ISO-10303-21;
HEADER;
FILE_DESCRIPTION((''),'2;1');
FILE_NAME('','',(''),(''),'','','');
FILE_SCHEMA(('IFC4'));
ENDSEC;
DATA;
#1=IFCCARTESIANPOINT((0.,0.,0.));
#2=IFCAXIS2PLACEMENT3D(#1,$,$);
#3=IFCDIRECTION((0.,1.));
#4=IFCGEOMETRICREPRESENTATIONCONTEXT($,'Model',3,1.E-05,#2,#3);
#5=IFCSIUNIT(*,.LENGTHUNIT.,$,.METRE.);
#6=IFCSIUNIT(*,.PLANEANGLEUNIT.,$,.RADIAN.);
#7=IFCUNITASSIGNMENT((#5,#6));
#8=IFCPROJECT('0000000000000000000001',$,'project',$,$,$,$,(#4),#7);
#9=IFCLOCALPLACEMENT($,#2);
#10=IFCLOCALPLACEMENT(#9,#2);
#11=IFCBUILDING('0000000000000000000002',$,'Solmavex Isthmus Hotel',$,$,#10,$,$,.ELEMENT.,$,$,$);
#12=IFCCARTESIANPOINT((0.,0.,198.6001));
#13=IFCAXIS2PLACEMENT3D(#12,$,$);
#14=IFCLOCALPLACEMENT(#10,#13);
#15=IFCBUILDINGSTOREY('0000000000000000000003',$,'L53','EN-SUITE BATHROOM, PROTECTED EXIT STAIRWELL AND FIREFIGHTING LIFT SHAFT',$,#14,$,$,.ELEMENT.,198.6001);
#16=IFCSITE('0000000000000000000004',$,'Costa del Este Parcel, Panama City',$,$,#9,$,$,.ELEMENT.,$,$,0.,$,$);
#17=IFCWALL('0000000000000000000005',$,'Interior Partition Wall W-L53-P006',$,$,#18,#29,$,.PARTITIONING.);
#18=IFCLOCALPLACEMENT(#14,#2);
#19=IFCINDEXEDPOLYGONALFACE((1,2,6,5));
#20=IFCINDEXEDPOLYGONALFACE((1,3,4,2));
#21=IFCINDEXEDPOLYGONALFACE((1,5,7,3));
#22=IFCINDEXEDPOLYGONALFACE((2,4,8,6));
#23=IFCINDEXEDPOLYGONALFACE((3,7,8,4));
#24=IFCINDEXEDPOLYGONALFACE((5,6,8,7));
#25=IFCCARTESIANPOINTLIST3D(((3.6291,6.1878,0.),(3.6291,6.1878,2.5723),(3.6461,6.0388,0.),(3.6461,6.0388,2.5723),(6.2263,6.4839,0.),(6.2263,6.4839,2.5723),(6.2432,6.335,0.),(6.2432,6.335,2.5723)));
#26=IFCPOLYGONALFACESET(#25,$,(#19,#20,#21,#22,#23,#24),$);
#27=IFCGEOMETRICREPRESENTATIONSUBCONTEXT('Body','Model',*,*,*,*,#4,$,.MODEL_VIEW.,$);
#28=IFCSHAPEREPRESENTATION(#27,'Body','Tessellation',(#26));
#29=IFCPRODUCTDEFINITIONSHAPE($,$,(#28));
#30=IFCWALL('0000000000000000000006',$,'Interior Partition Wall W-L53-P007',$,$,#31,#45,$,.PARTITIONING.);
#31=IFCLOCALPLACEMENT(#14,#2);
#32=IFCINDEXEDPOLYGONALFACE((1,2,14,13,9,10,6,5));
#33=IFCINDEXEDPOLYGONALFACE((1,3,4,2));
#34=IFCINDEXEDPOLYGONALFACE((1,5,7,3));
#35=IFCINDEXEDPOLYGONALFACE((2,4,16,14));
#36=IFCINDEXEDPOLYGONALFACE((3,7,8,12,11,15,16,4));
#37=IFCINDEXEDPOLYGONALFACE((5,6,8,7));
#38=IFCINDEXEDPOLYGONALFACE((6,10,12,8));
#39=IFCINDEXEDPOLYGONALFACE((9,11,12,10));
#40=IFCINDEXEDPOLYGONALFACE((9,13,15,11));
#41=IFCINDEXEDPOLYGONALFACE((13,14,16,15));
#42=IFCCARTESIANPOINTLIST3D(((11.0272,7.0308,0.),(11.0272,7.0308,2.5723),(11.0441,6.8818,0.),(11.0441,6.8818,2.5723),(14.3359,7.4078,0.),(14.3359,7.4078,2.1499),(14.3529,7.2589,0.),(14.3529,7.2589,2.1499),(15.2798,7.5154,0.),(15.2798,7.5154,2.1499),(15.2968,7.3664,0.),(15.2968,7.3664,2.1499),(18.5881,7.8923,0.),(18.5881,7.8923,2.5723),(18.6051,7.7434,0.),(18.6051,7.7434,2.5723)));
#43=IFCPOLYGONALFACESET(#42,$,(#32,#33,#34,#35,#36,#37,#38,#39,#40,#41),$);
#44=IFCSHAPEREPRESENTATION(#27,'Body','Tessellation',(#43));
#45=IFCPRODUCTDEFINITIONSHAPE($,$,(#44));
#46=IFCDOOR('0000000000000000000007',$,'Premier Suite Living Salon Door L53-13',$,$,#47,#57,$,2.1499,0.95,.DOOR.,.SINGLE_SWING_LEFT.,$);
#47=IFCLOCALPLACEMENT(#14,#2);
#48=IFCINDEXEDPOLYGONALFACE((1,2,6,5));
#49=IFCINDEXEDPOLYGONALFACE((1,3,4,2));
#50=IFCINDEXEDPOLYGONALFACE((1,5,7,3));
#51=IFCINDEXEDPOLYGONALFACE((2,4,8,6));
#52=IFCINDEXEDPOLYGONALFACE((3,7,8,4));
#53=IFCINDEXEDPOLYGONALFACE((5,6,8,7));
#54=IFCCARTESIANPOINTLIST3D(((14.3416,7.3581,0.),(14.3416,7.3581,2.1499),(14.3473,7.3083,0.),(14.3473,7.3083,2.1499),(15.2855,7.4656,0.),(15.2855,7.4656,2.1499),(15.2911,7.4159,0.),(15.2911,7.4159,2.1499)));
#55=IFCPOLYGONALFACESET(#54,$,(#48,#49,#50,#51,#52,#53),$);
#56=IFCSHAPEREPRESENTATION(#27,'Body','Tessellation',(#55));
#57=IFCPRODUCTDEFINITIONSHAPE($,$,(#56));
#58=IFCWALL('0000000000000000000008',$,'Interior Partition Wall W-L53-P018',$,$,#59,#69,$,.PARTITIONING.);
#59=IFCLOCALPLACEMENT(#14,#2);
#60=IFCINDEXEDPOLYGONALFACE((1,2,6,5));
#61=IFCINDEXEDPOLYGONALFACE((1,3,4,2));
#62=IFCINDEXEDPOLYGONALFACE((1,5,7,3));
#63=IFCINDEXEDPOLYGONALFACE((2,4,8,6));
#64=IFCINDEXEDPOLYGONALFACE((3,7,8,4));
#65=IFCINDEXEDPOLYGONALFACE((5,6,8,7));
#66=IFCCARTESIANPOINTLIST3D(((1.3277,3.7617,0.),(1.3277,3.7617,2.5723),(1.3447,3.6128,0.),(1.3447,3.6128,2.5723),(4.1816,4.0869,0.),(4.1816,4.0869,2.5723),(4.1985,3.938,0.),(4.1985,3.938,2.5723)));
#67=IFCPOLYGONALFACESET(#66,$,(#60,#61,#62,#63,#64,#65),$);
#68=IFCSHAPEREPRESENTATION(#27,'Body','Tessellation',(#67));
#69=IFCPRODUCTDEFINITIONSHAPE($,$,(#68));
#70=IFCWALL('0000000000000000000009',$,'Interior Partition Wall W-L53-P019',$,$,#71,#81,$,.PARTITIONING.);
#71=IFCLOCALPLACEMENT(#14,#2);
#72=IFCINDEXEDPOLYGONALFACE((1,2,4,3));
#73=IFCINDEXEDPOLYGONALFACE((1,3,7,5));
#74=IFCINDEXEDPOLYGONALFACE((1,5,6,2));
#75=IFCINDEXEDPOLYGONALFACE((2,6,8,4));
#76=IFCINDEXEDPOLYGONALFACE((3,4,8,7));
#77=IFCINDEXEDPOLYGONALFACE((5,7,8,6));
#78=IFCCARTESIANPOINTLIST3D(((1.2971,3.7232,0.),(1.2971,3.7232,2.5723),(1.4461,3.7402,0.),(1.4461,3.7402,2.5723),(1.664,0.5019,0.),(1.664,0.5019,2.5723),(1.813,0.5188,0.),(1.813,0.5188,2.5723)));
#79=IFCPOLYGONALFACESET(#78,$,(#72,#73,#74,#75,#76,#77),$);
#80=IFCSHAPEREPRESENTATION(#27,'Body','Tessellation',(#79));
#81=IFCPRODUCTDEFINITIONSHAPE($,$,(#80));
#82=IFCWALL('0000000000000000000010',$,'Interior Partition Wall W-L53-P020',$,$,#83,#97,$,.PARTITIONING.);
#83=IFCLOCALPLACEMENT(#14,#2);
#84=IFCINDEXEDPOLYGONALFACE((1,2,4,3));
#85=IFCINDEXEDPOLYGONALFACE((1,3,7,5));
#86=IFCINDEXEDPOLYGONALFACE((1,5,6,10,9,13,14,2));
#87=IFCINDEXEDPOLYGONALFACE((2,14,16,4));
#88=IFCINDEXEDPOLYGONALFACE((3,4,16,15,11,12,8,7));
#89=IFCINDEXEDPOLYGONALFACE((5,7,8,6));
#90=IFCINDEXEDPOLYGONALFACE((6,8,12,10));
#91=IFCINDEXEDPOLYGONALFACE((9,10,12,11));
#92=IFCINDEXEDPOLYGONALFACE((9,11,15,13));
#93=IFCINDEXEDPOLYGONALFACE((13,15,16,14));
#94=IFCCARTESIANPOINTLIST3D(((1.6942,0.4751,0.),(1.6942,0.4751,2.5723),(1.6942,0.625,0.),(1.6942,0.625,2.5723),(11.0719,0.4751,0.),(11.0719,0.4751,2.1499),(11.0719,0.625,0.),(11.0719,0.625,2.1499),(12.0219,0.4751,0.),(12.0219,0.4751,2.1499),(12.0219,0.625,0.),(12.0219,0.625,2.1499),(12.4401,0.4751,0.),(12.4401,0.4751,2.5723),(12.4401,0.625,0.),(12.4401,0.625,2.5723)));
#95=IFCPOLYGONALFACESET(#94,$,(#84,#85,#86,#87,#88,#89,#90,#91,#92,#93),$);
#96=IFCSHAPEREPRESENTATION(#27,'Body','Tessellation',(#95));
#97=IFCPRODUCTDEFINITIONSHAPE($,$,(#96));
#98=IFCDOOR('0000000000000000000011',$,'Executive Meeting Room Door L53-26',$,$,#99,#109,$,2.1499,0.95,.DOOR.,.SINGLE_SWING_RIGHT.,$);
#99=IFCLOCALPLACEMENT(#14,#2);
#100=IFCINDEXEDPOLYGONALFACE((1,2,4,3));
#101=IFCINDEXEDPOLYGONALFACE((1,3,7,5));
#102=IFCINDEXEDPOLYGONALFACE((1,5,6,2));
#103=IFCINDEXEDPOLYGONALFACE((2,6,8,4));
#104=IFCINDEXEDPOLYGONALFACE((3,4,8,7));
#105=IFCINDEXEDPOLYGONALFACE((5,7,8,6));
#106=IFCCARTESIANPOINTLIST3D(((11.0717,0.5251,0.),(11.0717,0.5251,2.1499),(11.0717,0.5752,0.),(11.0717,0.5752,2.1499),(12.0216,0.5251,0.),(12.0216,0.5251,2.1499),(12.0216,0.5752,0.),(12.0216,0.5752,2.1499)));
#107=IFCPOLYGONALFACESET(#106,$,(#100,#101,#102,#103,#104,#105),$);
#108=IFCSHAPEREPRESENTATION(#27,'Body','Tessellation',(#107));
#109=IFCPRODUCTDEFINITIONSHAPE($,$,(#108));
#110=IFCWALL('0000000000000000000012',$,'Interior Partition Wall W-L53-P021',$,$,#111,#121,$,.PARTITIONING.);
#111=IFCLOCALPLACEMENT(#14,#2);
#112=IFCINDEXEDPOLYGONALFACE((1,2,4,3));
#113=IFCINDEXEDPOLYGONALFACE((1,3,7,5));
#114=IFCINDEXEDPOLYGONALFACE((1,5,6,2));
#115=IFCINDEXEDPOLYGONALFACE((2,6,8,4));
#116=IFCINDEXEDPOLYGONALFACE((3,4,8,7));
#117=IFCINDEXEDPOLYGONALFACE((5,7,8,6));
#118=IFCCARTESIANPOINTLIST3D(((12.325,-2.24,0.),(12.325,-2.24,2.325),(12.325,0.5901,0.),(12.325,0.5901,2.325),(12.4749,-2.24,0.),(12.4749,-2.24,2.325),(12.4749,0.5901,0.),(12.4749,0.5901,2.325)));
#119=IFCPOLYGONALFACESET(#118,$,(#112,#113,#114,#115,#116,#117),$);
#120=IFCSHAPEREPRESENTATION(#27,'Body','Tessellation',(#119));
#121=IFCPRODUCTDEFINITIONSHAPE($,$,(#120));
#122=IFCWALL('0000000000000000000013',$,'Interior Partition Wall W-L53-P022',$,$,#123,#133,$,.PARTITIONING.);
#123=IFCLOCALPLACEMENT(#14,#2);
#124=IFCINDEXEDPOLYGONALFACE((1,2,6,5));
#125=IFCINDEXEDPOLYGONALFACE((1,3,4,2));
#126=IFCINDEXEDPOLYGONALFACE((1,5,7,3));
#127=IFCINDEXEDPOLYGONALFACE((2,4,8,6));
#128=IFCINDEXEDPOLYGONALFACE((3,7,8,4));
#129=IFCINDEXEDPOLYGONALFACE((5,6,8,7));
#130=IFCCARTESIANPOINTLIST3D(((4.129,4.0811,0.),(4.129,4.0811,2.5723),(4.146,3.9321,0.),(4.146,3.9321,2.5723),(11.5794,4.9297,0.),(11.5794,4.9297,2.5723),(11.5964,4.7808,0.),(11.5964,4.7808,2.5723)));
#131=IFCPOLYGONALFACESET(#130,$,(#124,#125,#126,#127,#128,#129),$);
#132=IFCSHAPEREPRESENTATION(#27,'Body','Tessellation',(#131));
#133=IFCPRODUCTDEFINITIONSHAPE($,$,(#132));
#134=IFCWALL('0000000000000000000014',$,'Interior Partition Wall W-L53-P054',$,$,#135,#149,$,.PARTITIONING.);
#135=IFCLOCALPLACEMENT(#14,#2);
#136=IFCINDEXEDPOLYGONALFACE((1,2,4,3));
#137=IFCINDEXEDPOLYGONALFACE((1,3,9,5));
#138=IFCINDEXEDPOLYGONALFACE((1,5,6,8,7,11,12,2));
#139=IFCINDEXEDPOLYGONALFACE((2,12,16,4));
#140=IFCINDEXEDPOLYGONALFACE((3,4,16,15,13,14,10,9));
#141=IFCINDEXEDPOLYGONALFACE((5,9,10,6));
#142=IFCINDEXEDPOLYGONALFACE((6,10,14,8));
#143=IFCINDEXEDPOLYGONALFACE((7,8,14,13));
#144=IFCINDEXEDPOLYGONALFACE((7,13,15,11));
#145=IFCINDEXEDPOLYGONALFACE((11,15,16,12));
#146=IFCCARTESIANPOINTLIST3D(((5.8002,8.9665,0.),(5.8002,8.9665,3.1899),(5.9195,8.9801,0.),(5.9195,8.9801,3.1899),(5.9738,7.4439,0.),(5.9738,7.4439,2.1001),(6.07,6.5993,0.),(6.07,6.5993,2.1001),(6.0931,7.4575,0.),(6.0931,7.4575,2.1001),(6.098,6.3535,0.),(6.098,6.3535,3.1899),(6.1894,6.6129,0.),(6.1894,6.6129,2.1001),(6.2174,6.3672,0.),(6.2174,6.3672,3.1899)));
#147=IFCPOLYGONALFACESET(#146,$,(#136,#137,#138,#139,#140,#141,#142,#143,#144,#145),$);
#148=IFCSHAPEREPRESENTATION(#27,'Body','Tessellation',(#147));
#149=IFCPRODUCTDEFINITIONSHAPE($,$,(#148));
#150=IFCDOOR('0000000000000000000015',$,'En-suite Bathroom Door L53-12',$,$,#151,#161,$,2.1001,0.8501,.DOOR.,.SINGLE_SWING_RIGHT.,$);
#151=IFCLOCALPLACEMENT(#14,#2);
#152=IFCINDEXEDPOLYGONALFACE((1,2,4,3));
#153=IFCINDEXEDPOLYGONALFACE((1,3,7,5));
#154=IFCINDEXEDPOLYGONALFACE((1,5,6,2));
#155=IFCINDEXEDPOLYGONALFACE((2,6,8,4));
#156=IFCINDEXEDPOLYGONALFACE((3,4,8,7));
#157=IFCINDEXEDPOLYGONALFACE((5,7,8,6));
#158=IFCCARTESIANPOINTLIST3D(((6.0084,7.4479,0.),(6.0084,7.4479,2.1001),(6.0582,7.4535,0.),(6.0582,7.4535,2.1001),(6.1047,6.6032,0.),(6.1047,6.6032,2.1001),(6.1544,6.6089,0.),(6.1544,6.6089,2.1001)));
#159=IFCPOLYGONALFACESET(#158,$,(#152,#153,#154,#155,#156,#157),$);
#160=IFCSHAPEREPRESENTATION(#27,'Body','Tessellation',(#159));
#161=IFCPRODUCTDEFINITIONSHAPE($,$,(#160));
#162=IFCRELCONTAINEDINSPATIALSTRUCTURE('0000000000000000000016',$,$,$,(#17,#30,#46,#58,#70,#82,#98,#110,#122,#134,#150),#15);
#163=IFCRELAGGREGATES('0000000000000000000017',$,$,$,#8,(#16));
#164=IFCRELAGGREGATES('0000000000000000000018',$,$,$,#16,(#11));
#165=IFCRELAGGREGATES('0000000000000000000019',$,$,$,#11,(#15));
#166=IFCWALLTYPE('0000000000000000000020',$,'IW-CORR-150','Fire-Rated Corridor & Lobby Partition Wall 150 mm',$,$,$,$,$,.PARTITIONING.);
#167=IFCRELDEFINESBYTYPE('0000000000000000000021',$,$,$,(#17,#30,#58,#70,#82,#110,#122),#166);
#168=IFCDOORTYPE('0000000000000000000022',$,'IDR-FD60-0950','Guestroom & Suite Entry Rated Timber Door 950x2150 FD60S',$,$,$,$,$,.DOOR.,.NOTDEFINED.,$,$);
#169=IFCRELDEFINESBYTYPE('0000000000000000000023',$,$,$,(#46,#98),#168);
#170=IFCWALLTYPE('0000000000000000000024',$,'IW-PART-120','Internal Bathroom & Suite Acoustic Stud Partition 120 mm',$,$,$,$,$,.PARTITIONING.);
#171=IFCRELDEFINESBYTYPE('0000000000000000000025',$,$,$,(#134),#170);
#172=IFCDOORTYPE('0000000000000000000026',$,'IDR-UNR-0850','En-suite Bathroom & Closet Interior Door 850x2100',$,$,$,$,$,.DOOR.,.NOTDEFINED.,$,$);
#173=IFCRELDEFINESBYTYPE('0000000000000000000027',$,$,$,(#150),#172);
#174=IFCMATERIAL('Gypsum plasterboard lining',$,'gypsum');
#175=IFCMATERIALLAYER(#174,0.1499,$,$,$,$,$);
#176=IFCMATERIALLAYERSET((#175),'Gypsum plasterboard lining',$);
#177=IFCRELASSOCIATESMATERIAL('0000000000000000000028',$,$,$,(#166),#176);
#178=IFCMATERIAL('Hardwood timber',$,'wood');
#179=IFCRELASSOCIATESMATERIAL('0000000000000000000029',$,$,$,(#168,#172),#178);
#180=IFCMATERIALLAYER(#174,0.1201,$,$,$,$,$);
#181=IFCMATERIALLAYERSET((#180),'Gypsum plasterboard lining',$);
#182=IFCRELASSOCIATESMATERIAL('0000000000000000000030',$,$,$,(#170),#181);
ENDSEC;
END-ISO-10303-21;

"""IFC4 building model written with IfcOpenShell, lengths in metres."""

from ifc_helpers import new_model, si_unit, direction, frame, frame_2d, origin, place, context, subcontext, project, spatial, rectangle, extrude, material, layer, layer_set, type_object, element, fill, save


model = new_model("IFC4")

# Units and contexts
model_context = context("Model", 3, precision=1e-05, world=origin(), true_north=direction((0.0, 1.0)))
body_context = subcontext(model_context, "Body", "Model", "MODEL_VIEW")
ifc_project = project(units=[si_unit("LENGTHUNIT", "METRE"), si_unit("PLANEANGLEUNIT", "RADIAN")], contexts=[model_context])

# Site, building, storey
site_placement = place(None, origin())
site = spatial("IfcSite", under=ifc_project, at=site_placement, Name="Costa del Este Parcel, Panama City", CompositionType="ELEMENT", RefElevation=0.0)
building_placement = place(site_placement, origin())
building = spatial("IfcBuilding", under=site, at=building_placement, Name="Solmavex Isthmus Hotel", CompositionType="ELEMENT")
storey_placement = place(building_placement, frame((0.0, 0.0, 198.6001)))
storey = spatial("IfcBuildingStorey", under=building, at=storey_placement, Name="L53", Description="EN-SUITE BATHROOM, PROTECTED EXIT STAIRWELL AND FIREFIGHTING LIFT SHAFT", CompositionType="ELEMENT", Elevation=198.6001)

# Shared definitions
ifc_material_1 = material(Name="Gypsum plasterboard lining", Category="gypsum")
ifc_layer_1 = layer(ifc_material_1, 0.1499)
ifc_layer_set_1 = layer_set([ifc_layer_1], Name="Gypsum plasterboard lining")
wall_type_1 = type_object("IfcWallType", Name="IW-CORR-150", Description="Fire-Rated Corridor & Lobby Partition Wall 150 mm", PredefinedType="PARTITIONING", material=ifc_layer_set_1)
ifc_material_2 = material(Name="Hardwood timber", Category="wood")
door_type_1 = type_object("IfcDoorType", Name="IDR-FD60-0950", Description="Guestroom & Suite Entry Rated Timber Door 950x2150 FD60S", OperationType="NOTDEFINED", PredefinedType="DOOR", material=ifc_material_2)

# Wall
wall_1_placement = place(storey_placement, frame((3.6375, 6.1133, 0.0), z_axis=(0.0, 0.0, 1.0), x_axis=(0.993562, 0.113291, 0.0)))
element("IfcWall", 1, at=wall_1_placement, inside=storey, type_object=wall_type_1, Name="Interior Partition Wall W-L53-P006", PredefinedType="PARTITIONING", context=body_context, shape_type="SweptSolid", body=[
    extrude(rectangle(XDim=2.614, YDim=0.1499, at=frame_2d((1.3071, 0.0))), origin(), (0.0, 0.0, 1.0), 2.5723),
])

# Wall, opening, door
wall_2_placement = place(storey_placement, frame((11.0356, 6.9563, 0.0), z_axis=(0.0, 0.0, 1.0), x_axis=(0.99357, 0.113216, 0.0)))
wall_2 = element("IfcWall", 2, at=wall_2_placement, inside=storey, type_object=wall_type_1, Name="Interior Partition Wall W-L53-P007", PredefinedType="PARTITIONING", context=body_context, shape_type="SweptSolid", body=[
    extrude(rectangle(XDim=7.6099, YDim=0.1499, at=frame_2d((3.8049, 0.0))), origin(), (0.0, 0.0, 1.0), 2.5723),
])
opening_1_placement = place(wall_2_placement, frame((3.3301, 0.0, 0.0)))
opening_1 = element("IfcOpeningElement", 3, at=opening_1_placement, cuts=wall_2, PredefinedType="OPENING", context=body_context, shape_type="SweptSolid", body=[
    extrude(rectangle(XDim=0.95, YDim=2.1499, at=frame_2d((0.4751, 1.075))), frame((0.0, 0.085, 0.0), z_axis=(0.0, -1.0, 0.0), x_axis=(1.0, 0.0, 0.0)), (0.0, 0.0, 1.0), 0.1699),
])
door_1_placement = place(opening_1_placement, origin())
door_1 = element("IfcDoor", 4, at=door_1_placement, inside=storey, type_object=door_type_1, Name="Premier Suite Living Salon Door L53-13", OperationType="SINGLE_SWING_LEFT", OverallHeight=2.1499, OverallWidth=0.95, PredefinedType="DOOR", context=body_context, shape_type="SweptSolid", body=[
    extrude(rectangle(XDim=0.95, YDim=2.1499, at=frame_2d((0.4751, 1.075))), frame((0.0, 0.0249, 0.0), z_axis=(0.0, -1.0, 0.0), x_axis=(1.0, 0.0, 0.0)), (0.0, 0.0, 1.0), 0.05),
])
fill(opening_1, door_1)

# Walls
wall_3_placement = place(storey_placement, frame((4.1899, 4.0125, 0.0), z_axis=(0.0, 0.0, 1.0), x_axis=(-0.99357, -0.113221, 0.0)))
element("IfcWall", 5, at=wall_3_placement, inside=storey, type_object=wall_type_1, Name="Interior Partition Wall W-L53-P018", PredefinedType="PARTITIONING", context=body_context, shape_type="SweptSolid", body=[
    extrude(rectangle(XDim=2.8723, YDim=0.1499, at=frame_2d((1.436, 0.0))), origin(), (0.0, 0.0, 1.0), 2.5723),
])
wall_4_placement = place(storey_placement, frame((1.3716, 3.7317, 0.0), z_axis=(0.0, 0.0, 1.0), x_axis=(0.113175, -0.993575, 0.0)))
element("IfcWall", 6, at=wall_4_placement, inside=storey, type_object=wall_type_1, Name="Interior Partition Wall W-L53-P019", PredefinedType="PARTITIONING", context=body_context, shape_type="SweptSolid", body=[
    extrude(rectangle(XDim=3.2422, YDim=0.1499, at=frame_2d((1.6211, 0.0))), origin(), (0.0, 0.0, 1.0), 2.5723),
])

# Wall, opening, door
wall_5_placement = place(storey_placement, frame((1.6941, 0.55, 0.0), z_axis=(0.0, 0.0, 1.0), x_axis=(1.0, 0.0, 0.0)))
wall_5 = element("IfcWall", 7, at=wall_5_placement, inside=storey, type_object=wall_type_1, Name="Interior Partition Wall W-L53-P020", PredefinedType="PARTITIONING", context=body_context, shape_type="SweptSolid", body=[
    extrude(rectangle(XDim=10.7458, YDim=0.1499, at=frame_2d((5.373, 0.0))), origin(), (0.0, 0.0, 1.0), 2.5723),
])
opening_2_placement = place(wall_5_placement, frame((9.3777, 0.0, 0.0)))
opening_2 = element("IfcOpeningElement", 8, at=opening_2_placement, cuts=wall_5, PredefinedType="OPENING", context=body_context, shape_type="SweptSolid", body=[
    extrude(rectangle(XDim=0.95, YDim=2.1499, at=frame_2d((0.4751, 1.075))), frame((0.0, 0.085, 0.0), z_axis=(0.0, -1.0, 0.0), x_axis=(1.0, 0.0, 0.0)), (0.0, 0.0, 1.0), 0.1699),
])
door_2_placement = place(opening_2_placement, frame((0.95, 0.0, 0.0), z_axis=(0.0, 0.0, 1.0), x_axis=(-1.0, 0.0, 0.0)))
door_2 = element("IfcDoor", 9, at=door_2_placement, inside=storey, type_object=door_type_1, Name="Executive Meeting Room Door L53-26", OperationType="SINGLE_SWING_RIGHT", OverallHeight=2.1499, OverallWidth=0.95, PredefinedType="DOOR", context=body_context, shape_type="SweptSolid", body=[
    extrude(rectangle(XDim=0.95, YDim=2.1499, at=frame_2d((0.4751, 1.075))), frame((0.0, 0.0249, 0.0), z_axis=(0.0, -1.0, 0.0), x_axis=(1.0, 0.0, 0.0)), (0.0, 0.0, 1.0), 0.05),
])
fill(opening_2, door_2)

# Walls
wall_6_placement = place(storey_placement, frame((12.3999, 0.5901, 0.0), z_axis=(0.0, 0.0, 1.0), x_axis=(0.0, -1.0, 0.0)))
element("IfcWall", 10, at=wall_6_placement, inside=storey, type_object=wall_type_1, Name="Interior Partition Wall W-L53-P021", PredefinedType="PARTITIONING", context=body_context, shape_type="SweptSolid", body=[
    extrude(rectangle(XDim=2.8301, YDim=0.1499, at=frame_2d((1.415, 0.0))), origin(), (0.0, 0.0, 1.0), 2.325),
])
wall_7_placement = place(storey_placement, frame((11.5879, 4.8552, 0.0), z_axis=(0.0, 0.0, 1.0), x_axis=(-0.993575, -0.113172, 0.0)))
element("IfcWall", 11, at=wall_7_placement, inside=storey, type_object=wall_type_1, Name="Interior Partition Wall W-L53-P022", PredefinedType="PARTITIONING", context=body_context, shape_type="SweptSolid", body=[
    extrude(rectangle(XDim=7.4985, YDim=0.1499, at=frame_2d((3.7493, 0.0))), origin(), (0.0, 0.0, 1.0), 2.5723),
])

# Wall, opening, door
ifc_layer_2 = layer(ifc_material_1, 0.1201)
ifc_layer_set_2 = layer_set([ifc_layer_2], Name="Gypsum plasterboard lining")
wall_type_2 = type_object("IfcWallType", Name="IW-PART-120", Description="Internal Bathroom & Suite Acoustic Stud Partition 120 mm", PredefinedType="PARTITIONING", material=ifc_layer_set_2)
wall_8_placement = place(storey_placement, frame((6.1577, 6.3604, 0.0), z_axis=(0.0, 0.0, 1.0), x_axis=(-0.113253, 0.993566, 0.0)))
wall_8 = element("IfcWall", 12, at=wall_8_placement, inside=storey, type_object=wall_type_2, Name="Interior Partition Wall W-L53-P054", PredefinedType="PARTITIONING", context=body_context, shape_type="SweptSolid", body=[
    extrude(rectangle(XDim=2.6299, YDim=0.1201, at=frame_2d((1.3149, 0.0))), origin(), (0.0, 0.0, 1.0), 3.1899),
])
opening_3_placement = place(wall_8_placement, frame((0.2473, 0.0, 0.0)))
opening_3 = element("IfcOpeningElement", 13, at=opening_3_placement, cuts=wall_8, PredefinedType="OPENING", context=body_context, shape_type="SweptSolid", body=[
    extrude(rectangle(XDim=0.8501, YDim=2.1001, at=frame_2d((0.425, 1.05))), frame((0.0, 0.0701, 0.0), z_axis=(0.0, -1.0, 0.0), x_axis=(1.0, 0.0, 0.0)), (0.0, 0.0, 1.0), 0.1401),
])
door_type_2 = type_object("IfcDoorType", Name="IDR-UNR-0850", Description="En-suite Bathroom & Closet Interior Door 850x2100", OperationType="NOTDEFINED", PredefinedType="DOOR", material=ifc_material_2)
door_3_placement = place(opening_3_placement, frame((0.8501, 0.0, 0.0), z_axis=(0.0, 0.0, 1.0), x_axis=(-1.0, 0.0, 0.0)))
door_3 = element("IfcDoor", 14, at=door_3_placement, inside=storey, type_object=door_type_2, Name="En-suite Bathroom Door L53-12", OperationType="SINGLE_SWING_RIGHT", OverallHeight=2.1001, OverallWidth=0.8501, PredefinedType="DOOR", context=body_context, shape_type="SweptSolid", body=[
    extrude(rectangle(XDim=0.8501, YDim=2.1001, at=frame_2d((0.425, 1.05))), frame((0.0, 0.0249, 0.0), z_axis=(0.0, -1.0, 0.0), x_axis=(1.0, 0.0, 0.0)), (0.0, 0.0, 1.0), 0.05),
])
fill(opening_3, door_3)

save(model, "model.ifc")
